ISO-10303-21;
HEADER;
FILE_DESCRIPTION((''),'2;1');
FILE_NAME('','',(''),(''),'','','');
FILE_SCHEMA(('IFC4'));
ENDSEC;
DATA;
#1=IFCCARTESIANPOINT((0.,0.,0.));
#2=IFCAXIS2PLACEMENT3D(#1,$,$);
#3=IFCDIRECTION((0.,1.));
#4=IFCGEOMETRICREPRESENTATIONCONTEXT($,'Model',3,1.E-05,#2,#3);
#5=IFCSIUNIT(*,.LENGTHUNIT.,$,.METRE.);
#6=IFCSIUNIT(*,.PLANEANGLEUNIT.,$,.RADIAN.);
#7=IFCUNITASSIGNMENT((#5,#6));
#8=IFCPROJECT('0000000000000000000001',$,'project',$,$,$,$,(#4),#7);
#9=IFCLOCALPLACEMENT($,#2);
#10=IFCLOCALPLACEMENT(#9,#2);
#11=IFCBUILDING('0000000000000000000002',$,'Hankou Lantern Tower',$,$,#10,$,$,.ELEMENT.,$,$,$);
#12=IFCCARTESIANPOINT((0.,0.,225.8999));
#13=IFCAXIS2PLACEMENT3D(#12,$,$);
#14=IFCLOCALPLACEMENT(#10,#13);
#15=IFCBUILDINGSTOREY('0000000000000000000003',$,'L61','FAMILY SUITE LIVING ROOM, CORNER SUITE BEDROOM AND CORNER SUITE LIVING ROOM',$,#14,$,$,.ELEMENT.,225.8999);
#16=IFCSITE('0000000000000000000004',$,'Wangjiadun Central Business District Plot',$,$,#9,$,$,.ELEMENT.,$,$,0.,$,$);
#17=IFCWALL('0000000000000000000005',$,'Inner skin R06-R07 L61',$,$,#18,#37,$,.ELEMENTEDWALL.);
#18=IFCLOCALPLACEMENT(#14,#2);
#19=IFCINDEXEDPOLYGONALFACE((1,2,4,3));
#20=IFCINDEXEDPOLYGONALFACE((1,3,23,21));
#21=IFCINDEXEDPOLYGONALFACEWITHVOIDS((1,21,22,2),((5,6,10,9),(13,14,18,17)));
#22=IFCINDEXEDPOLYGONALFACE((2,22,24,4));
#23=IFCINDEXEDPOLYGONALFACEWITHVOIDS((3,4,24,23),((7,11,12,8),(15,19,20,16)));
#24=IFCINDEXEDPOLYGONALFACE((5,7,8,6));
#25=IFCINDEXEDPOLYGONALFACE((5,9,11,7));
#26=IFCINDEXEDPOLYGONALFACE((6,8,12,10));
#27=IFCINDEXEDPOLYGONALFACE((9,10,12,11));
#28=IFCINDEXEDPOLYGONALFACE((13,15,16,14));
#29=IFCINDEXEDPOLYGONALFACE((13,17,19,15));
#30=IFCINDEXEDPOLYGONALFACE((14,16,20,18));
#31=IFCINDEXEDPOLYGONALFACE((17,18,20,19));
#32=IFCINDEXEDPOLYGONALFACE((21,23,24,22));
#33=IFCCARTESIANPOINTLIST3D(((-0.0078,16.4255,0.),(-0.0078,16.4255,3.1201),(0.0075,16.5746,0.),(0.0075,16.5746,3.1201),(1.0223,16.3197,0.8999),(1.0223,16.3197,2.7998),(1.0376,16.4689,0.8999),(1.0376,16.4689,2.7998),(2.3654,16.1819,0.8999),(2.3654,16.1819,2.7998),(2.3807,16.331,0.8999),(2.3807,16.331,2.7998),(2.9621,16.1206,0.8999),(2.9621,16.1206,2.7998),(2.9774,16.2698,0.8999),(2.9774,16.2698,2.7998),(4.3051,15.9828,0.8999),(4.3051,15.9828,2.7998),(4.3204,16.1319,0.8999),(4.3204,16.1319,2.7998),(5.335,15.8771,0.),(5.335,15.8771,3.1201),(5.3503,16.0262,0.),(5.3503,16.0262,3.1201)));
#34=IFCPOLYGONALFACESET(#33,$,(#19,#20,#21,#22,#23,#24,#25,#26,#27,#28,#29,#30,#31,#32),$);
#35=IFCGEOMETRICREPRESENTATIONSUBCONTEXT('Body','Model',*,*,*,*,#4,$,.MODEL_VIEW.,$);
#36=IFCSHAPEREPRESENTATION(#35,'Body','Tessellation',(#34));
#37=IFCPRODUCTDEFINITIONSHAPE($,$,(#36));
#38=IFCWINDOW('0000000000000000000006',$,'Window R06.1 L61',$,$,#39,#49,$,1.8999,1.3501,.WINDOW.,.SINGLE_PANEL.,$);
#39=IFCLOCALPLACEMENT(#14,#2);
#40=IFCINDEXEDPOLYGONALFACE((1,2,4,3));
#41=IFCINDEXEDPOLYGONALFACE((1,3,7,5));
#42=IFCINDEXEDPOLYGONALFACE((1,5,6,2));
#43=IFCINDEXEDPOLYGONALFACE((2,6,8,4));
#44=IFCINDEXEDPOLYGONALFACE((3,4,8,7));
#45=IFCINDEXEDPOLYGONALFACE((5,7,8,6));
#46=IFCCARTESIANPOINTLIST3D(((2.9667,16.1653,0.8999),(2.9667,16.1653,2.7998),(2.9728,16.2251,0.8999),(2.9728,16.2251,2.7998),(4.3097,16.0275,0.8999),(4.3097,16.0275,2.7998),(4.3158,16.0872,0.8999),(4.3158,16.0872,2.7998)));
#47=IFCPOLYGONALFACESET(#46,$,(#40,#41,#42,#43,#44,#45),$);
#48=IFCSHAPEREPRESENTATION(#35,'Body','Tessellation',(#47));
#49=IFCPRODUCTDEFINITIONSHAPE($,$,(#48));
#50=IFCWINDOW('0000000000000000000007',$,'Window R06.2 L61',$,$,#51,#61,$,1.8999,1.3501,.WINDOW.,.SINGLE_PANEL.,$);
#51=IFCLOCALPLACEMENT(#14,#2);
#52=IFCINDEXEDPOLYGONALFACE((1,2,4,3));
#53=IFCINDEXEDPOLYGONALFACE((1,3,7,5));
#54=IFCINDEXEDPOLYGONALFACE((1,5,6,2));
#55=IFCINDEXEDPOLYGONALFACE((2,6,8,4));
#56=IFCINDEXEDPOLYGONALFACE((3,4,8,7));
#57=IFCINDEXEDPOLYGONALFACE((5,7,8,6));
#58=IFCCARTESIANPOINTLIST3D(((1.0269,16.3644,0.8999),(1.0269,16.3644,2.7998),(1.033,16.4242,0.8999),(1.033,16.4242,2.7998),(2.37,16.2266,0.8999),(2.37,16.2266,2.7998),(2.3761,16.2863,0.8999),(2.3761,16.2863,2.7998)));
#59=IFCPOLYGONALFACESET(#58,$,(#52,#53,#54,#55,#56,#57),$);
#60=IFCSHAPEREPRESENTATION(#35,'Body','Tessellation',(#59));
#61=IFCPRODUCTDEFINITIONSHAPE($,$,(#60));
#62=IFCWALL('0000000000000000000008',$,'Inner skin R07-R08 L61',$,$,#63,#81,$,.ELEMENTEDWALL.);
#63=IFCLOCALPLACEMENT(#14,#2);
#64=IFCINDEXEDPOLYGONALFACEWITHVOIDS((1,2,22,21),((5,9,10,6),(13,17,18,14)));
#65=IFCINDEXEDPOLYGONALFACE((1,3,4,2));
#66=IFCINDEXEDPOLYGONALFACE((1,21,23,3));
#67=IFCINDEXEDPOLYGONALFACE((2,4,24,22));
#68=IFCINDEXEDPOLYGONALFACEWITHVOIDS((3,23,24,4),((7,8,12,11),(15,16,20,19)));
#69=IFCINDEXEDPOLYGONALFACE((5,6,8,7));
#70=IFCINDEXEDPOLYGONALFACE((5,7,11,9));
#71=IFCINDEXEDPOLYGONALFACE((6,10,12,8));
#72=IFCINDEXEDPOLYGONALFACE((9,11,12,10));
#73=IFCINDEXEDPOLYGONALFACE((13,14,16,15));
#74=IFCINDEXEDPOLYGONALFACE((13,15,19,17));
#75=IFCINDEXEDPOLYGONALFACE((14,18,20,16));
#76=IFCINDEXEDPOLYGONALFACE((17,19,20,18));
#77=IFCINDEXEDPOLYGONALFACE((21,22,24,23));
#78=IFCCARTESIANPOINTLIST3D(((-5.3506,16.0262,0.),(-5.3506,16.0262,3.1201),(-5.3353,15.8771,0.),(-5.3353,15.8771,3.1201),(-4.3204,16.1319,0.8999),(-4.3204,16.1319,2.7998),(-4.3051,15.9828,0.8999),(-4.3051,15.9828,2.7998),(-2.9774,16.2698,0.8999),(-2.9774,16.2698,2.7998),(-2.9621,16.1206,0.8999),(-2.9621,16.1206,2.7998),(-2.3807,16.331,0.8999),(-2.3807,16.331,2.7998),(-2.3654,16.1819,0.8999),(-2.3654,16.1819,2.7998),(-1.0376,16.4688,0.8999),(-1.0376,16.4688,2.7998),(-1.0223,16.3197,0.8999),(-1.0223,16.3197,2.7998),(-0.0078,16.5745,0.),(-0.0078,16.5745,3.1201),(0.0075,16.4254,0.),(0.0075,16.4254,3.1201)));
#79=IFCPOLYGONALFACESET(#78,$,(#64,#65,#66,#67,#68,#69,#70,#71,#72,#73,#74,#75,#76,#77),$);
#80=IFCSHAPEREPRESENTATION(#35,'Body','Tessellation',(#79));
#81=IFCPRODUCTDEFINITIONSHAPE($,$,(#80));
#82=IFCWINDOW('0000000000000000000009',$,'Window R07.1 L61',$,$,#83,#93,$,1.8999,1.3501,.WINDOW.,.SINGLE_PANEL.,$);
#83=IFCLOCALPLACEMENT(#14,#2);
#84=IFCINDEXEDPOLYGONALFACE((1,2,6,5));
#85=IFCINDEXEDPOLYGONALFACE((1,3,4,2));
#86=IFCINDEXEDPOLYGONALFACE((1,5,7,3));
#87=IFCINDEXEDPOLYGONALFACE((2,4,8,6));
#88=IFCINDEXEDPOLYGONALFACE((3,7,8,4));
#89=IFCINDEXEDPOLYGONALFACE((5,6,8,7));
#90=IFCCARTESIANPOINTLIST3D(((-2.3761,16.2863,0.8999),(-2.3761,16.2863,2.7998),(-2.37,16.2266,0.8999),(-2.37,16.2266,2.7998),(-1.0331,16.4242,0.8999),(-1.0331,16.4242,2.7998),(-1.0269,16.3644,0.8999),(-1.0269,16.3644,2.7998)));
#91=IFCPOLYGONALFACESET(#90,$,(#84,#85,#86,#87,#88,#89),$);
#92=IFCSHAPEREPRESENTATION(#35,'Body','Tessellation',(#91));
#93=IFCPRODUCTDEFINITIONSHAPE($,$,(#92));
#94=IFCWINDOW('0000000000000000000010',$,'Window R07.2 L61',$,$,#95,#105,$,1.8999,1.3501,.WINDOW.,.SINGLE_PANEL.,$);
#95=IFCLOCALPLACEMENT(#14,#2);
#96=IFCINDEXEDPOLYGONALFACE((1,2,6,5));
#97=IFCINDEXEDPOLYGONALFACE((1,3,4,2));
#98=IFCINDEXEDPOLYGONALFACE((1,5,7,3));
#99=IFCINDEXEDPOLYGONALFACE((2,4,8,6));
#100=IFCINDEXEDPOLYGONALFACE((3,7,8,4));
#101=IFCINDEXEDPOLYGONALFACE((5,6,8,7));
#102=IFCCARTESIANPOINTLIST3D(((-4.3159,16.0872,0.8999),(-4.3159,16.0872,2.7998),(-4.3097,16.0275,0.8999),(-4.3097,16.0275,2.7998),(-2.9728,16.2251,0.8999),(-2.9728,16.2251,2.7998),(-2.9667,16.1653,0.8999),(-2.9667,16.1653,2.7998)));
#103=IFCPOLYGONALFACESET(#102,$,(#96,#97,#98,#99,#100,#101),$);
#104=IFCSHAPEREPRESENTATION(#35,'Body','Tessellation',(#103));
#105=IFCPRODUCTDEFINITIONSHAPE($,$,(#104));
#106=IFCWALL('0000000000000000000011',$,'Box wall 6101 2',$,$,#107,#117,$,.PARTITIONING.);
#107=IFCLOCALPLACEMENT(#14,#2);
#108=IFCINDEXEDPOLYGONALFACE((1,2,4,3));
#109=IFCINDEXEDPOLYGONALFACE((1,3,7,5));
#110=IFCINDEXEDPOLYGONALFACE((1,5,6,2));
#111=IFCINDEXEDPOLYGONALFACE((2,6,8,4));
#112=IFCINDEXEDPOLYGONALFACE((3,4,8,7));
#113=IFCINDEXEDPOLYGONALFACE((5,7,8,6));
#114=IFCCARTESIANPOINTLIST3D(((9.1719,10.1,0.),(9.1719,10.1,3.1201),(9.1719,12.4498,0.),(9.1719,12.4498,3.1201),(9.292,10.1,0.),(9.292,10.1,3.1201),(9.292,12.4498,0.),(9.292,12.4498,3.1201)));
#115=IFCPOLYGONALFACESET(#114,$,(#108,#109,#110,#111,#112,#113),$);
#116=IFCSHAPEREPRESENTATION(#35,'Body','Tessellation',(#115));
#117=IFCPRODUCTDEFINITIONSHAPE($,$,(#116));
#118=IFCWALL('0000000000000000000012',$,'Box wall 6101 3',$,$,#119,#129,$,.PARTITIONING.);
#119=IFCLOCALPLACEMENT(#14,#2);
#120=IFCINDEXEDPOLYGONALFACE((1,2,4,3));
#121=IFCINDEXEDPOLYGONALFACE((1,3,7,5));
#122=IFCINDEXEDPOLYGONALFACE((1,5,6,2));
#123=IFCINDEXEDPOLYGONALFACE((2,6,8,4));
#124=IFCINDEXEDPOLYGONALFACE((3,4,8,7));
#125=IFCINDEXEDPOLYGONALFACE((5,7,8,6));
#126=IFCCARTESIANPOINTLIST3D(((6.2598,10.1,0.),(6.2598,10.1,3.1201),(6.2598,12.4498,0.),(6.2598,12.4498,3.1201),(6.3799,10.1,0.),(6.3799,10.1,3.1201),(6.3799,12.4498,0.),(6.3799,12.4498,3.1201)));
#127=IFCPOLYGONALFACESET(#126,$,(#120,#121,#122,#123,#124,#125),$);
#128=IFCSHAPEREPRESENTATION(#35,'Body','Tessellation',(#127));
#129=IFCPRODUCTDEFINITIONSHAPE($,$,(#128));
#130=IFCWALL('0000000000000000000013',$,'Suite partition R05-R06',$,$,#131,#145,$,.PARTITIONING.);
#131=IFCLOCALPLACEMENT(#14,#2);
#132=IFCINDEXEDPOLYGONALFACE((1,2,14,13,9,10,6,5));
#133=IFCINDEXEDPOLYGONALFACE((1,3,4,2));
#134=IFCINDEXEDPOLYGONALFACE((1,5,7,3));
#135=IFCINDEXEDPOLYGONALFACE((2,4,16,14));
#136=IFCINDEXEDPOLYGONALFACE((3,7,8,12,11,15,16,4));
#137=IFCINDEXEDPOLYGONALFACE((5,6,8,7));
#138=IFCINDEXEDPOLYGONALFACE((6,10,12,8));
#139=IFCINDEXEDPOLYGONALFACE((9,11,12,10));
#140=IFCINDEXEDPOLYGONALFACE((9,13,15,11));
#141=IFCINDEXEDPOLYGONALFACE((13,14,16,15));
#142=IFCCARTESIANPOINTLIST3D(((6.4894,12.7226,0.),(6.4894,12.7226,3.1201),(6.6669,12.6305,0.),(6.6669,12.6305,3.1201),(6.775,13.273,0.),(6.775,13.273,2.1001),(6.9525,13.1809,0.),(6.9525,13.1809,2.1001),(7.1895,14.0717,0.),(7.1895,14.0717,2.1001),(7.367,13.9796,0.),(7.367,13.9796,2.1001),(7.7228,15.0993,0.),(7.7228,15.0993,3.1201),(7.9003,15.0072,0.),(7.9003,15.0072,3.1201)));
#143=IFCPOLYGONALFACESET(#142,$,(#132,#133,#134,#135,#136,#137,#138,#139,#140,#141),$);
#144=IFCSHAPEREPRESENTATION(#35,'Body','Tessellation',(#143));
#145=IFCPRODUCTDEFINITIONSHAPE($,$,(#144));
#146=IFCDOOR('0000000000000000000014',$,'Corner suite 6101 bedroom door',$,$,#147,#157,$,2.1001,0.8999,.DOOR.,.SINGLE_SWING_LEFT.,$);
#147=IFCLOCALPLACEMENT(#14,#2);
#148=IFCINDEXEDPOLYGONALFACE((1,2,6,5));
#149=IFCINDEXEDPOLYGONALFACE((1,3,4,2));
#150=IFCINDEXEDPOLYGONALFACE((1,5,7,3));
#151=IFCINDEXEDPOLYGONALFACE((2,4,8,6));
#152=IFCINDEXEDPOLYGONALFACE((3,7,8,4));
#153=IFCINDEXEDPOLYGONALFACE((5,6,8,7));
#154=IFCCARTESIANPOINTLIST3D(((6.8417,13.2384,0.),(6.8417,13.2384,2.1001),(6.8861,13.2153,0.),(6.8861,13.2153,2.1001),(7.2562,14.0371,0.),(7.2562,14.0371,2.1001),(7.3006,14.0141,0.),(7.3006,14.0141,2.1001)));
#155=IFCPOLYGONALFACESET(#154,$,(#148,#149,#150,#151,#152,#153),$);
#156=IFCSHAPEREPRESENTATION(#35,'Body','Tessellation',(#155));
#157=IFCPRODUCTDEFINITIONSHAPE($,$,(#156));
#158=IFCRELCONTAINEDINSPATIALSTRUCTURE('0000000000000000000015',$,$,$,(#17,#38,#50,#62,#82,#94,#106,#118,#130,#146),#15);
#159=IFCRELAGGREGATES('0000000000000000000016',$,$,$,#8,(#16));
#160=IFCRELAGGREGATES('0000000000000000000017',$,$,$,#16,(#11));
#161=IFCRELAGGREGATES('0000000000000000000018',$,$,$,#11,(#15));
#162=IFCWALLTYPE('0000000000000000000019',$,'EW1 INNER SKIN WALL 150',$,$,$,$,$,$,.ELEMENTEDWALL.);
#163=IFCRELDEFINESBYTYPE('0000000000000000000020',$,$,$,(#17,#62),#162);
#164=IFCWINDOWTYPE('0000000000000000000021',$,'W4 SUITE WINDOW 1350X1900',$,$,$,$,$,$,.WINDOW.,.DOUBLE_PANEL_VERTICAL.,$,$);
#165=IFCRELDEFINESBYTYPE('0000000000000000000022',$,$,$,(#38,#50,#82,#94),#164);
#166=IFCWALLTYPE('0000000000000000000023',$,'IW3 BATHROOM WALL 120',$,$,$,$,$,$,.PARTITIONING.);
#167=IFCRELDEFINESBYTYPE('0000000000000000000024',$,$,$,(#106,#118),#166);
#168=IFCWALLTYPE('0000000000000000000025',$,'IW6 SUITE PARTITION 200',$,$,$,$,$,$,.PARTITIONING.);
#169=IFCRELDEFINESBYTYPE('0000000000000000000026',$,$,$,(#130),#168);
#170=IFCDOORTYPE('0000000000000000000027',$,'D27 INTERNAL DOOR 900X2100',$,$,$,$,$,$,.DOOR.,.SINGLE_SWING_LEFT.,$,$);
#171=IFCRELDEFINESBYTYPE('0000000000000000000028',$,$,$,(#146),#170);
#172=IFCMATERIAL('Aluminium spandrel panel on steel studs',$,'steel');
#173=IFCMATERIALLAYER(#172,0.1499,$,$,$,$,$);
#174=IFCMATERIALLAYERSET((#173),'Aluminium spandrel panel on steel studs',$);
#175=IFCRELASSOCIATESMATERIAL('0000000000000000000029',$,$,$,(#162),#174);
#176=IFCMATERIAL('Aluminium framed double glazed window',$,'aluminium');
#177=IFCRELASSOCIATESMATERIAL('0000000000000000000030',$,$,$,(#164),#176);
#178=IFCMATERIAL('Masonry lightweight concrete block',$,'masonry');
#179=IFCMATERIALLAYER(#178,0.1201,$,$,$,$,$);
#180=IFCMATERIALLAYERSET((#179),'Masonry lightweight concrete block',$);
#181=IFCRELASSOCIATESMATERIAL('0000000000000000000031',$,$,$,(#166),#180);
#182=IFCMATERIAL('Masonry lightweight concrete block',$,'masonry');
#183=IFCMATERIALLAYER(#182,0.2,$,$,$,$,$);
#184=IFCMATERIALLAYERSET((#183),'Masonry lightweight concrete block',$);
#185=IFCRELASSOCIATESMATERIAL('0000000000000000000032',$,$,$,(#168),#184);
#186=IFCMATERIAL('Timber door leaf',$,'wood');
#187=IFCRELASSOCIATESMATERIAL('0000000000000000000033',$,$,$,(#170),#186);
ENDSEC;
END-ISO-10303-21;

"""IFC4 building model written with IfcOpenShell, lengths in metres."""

from ifc_helpers import new_model, si_unit, direction, frame, frame_2d, origin, place, context, subcontext, project, spatial, rectangle, extrude, material, layer, layer_set, type_object, element, fill, save


model = new_model("IFC4")

# Units and contexts
model_context = context("Model", 3, precision=1e-05, world=origin(), true_north=direction((0.0, 1.0)))
body_context = subcontext(model_context, "Body", "Model", "MODEL_VIEW")
ifc_project = project(units=[si_unit("LENGTHUNIT", "METRE"), si_unit("PLANEANGLEUNIT", "RADIAN")], contexts=[model_context])

# Site, building, storey
site_placement = place(None, origin())
site = spatial("IfcSite", under=ifc_project, at=site_placement, Name="Wangjiadun Central Business District Plot", CompositionType="ELEMENT", RefElevation=0.0)
building_placement = place(site_placement, origin())
building = spatial("IfcBuilding", under=site, at=building_placement, Name="Hankou Lantern Tower", CompositionType="ELEMENT")
storey_placement = place(building_placement, frame((0.0, 0.0, 225.8999)))
storey = spatial("IfcBuildingStorey", under=building, at=storey_placement, Name="L61", Description="FAMILY SUITE LIVING ROOM, CORNER SUITE BEDROOM AND CORNER SUITE LIVING ROOM", CompositionType="ELEMENT", Elevation=225.8999)

# Walls, openings, windows
ifc_material_1 = material(Name="Aluminium spandrel panel on steel studs", Category="steel")
ifc_layer_1 = layer(ifc_material_1, 0.1499)
ifc_layer_set_1 = layer_set([ifc_layer_1], Name="Aluminium spandrel panel on steel studs")
wall_type_1 = type_object("IfcWallType", Name="EW1 INNER SKIN WALL 150", PredefinedType="ELEMENTEDWALL", material=ifc_layer_set_1)
wall_1_placement = place(storey_placement, frame((5.3428, 15.9517, 0.0), z_axis=(0.0, 0.0, 1.0), x_axis=(-0.994775, 0.102096, 0.0)))
wall_1 = element("IfcWall", 1, at=wall_1_placement, inside=storey, type_object=wall_type_1, Name="Inner skin R06-R07 L61", PredefinedType="ELEMENTEDWALL", context=body_context, shape_type="SweptSolid", body=[
    extrude(rectangle(XDim=5.3708, YDim=0.1499, at=frame_2d((2.6855, 0.0))), origin(), (0.0, 0.0, 1.0), 3.1201),
])
opening_1_placement = place(wall_1_placement, frame((1.0354, 0.0, 0.8999)))
opening_1 = element("IfcOpeningElement", 2, at=opening_1_placement, cuts=wall_1, PredefinedType="OPENING", context=body_context, shape_type="SweptSolid", body=[
    extrude(rectangle(XDim=1.3501, YDim=1.8999, at=frame_2d((0.675, 0.95))), frame((0.0, 0.085, 0.0), z_axis=(0.0, -1.0, 0.0), x_axis=(1.0, 0.0, 0.0)), (0.0, 0.0, 1.0), 0.1699),
])
opening_2_placement = place(wall_1_placement, frame((2.9854, 0.0, 0.8999)))
opening_2 = element("IfcOpeningElement", 3, at=opening_2_placement, cuts=wall_1, PredefinedType="OPENING", context=body_context, shape_type="SweptSolid", body=[
    extrude(rectangle(XDim=1.3501, YDim=1.8999, at=frame_2d((0.675, 0.95))), frame((0.0, 0.085, 0.0), z_axis=(0.0, -1.0, 0.0), x_axis=(1.0, 0.0, 0.0)), (0.0, 0.0, 1.0), 0.1699),
])
ifc_material_2 = material(Name="Aluminium framed double glazed window", Category="aluminium")
window_type = type_object("IfcWindowType", Name="W4 SUITE WINDOW 1350X1900", PartitioningType="DOUBLE_PANEL_VERTICAL", PredefinedType="WINDOW", material=ifc_material_2)
window_1_placement = place(opening_1_placement, origin())
window_1 = element("IfcWindow", 4, at=window_1_placement, inside=storey, type_object=window_type, Name="Window R06.1 L61", OverallHeight=1.8999, OverallWidth=1.3501, PartitioningType="SINGLE_PANEL", PredefinedType="WINDOW", context=body_context, shape_type="SweptSolid", body=[
    extrude(rectangle(XDim=1.3501, YDim=1.8999, at=frame_2d((0.675, 0.95))), frame((0.0, 0.03, 0.0), z_axis=(0.0, -1.0, 0.0), x_axis=(1.0, 0.0, 0.0)), (0.0, 0.0, 1.0), 0.0601),
])
fill(opening_1, window_1)
window_2_placement = place(opening_2_placement, origin())
window_2 = element("IfcWindow", 5, at=window_2_placement, inside=storey, type_object=window_type, Name="Window R06.2 L61", OverallHeight=1.8999, OverallWidth=1.3501, PartitioningType="SINGLE_PANEL", PredefinedType="WINDOW", context=body_context, shape_type="SweptSolid", body=[
    extrude(rectangle(XDim=1.3501, YDim=1.8999, at=frame_2d((0.675, 0.95))), frame((0.0, 0.03, 0.0), z_axis=(0.0, -1.0, 0.0), x_axis=(1.0, 0.0, 0.0)), (0.0, 0.0, 1.0), 0.0601),
])
fill(opening_2, window_2)
wall_2_placement = place(storey_placement, frame((0.0, 16.5, 0.0), z_axis=(0.0, 0.0, 1.0), x_axis=(-0.994775, -0.102096, 0.0)))
wall_2 = element("IfcWall", 6, at=wall_2_placement, inside=storey, type_object=wall_type_1, Name="Inner skin R07-R08 L61", PredefinedType="ELEMENTEDWALL", context=body_context, shape_type="SweptSolid", body=[
    extrude(rectangle(XDim=5.3708, YDim=0.1499, at=frame_2d((2.6855, 0.0))), origin(), (0.0, 0.0, 1.0), 3.1201),
])
opening_3_placement = place(wall_2_placement, frame((1.0354, 0.0, 0.8999)))
opening_3 = element("IfcOpeningElement", 7, at=opening_3_placement, cuts=wall_2, PredefinedType="OPENING", context=body_context, shape_type="SweptSolid", body=[
    extrude(rectangle(XDim=1.3501, YDim=1.8999, at=frame_2d((0.675, 0.95))), frame((0.0, 0.085, 0.0), z_axis=(0.0, -1.0, 0.0), x_axis=(1.0, 0.0, 0.0)), (0.0, 0.0, 1.0), 0.1699),
])
opening_4_placement = place(wall_2_placement, frame((2.9854, 0.0, 0.8999)))
opening_4 = element("IfcOpeningElement", 8, at=opening_4_placement, cuts=wall_2, PredefinedType="OPENING", context=body_context, shape_type="SweptSolid", body=[
    extrude(rectangle(XDim=1.3501, YDim=1.8999, at=frame_2d((0.675, 0.95))), frame((0.0, 0.085, 0.0), z_axis=(0.0, -1.0, 0.0), x_axis=(1.0, 0.0, 0.0)), (0.0, 0.0, 1.0), 0.1699),
])
window_3_placement = place(opening_3_placement, origin())
window_3 = element("IfcWindow", 9, at=window_3_placement, inside=storey, type_object=window_type, Name="Window R07.1 L61", OverallHeight=1.8999, OverallWidth=1.3501, PartitioningType="SINGLE_PANEL", PredefinedType="WINDOW", context=body_context, shape_type="SweptSolid", body=[
    extrude(rectangle(XDim=1.3501, YDim=1.8999, at=frame_2d((0.675, 0.95))), frame((0.0, 0.03, 0.0), z_axis=(0.0, -1.0, 0.0), x_axis=(1.0, 0.0, 0.0)), (0.0, 0.0, 1.0), 0.0601),
])
fill(opening_3, window_3)
window_4_placement = place(opening_4_placement, origin())
window_4 = element("IfcWindow", 10, at=window_4_placement, inside=storey, type_object=window_type, Name="Window R07.2 L61", OverallHeight=1.8999, OverallWidth=1.3501, PartitioningType="SINGLE_PANEL", PredefinedType="WINDOW", context=body_context, shape_type="SweptSolid", body=[
    extrude(rectangle(XDim=1.3501, YDim=1.8999, at=frame_2d((0.675, 0.95))), frame((0.0, 0.03, 0.0), z_axis=(0.0, -1.0, 0.0), x_axis=(1.0, 0.0, 0.0)), (0.0, 0.0, 1.0), 0.0601),
])
fill(opening_4, window_4)

# Walls
ifc_material_3 = material(Name="Masonry lightweight concrete block", Category="masonry")
ifc_layer_2 = layer(ifc_material_3, 0.1201)
ifc_layer_set_2 = layer_set([ifc_layer_2], Name="Masonry lightweight concrete block")
wall_type_2 = type_object("IfcWallType", Name="IW3 BATHROOM WALL 120", PredefinedType="PARTITIONING", material=ifc_layer_set_2)
for number, where, z_axis, x_axis, name in (
    (11, (9.2319, 10.1001, 0.0), (0.0, 0.0, 1.0), (0.0, 1.0, 0.0), "Box wall 6101 2"),
    (12, (6.3198, 10.1001, 0.0), (0.0, 0.0, 1.0), (0.0, 1.0, 0.0), "Box wall 6101 3"),
):
    element("IfcWall", number, at=place(storey_placement, frame(where, z_axis=z_axis, x_axis=x_axis)), inside=storey, type_object=wall_type_2, Name=name, PredefinedType="PARTITIONING", context=body_context, shape_type="SweptSolid", body=[
        extrude(rectangle(XDim=2.3499, YDim=0.1201, at=frame_2d((1.1748, 0.0))), origin(), (0.0, 0.0, 1.0), 3.1201),
    ])

# Wall, opening, door
ifc_material_4 = material(Name="Masonry lightweight concrete block", Category="masonry")
ifc_layer_3 = layer(ifc_material_4, 0.2)
ifc_layer_set_3 = layer_set([ifc_layer_3], Name="Masonry lightweight concrete block")
wall_type_3 = type_object("IfcWallType", Name="IW6 SUITE PARTITION 200", PredefinedType="PARTITIONING", material=ifc_layer_set_3)
wall_3_placement = place(storey_placement, frame((6.5781, 12.6765, 0.0), z_axis=(0.0, 0.0, 1.0), x_axis=(0.460621, 0.887597, 0.0)))
wall_3 = element("IfcWall", 13, at=wall_3_placement, inside=storey, type_object=wall_type_3, Name="Suite partition R05-R06", PredefinedType="PARTITIONING", context=body_context, shape_type="SweptSolid", body=[
    extrude(rectangle(XDim=2.6777, YDim=0.2, at=frame_2d((1.3389, 0.0))), origin(), (0.0, 0.0, 1.0), 3.1201),
])
opening_5_placement = place(wall_3_placement, frame((0.6201, 0.0, 0.0)))
opening_5 = element("IfcOpeningElement", 14, at=opening_5_placement, cuts=wall_3, PredefinedType="OPENING", context=body_context, shape_type="SweptSolid", body=[
    extrude(rectangle(XDim=0.8999, YDim=2.1001, at=frame_2d((0.45, 1.05))), frame((0.0, 0.1099, 0.0), z_axis=(0.0, -1.0, 0.0), x_axis=(1.0, 0.0, 0.0)), (0.0, 0.0, 1.0), 0.22),
])
ifc_material_5 = material(Name="Timber door leaf", Category="wood")
door_type = type_object("IfcDoorType", Name="D27 INTERNAL DOOR 900X2100", OperationType="SINGLE_SWING_LEFT", PredefinedType="DOOR", material=ifc_material_5)
door_placement = place(opening_5_placement, origin())
door = element("IfcDoor", 15, at=door_placement, inside=storey, type_object=door_type, Name="Corner suite 6101 bedroom door", OperationType="SINGLE_SWING_LEFT", OverallHeight=2.1001, OverallWidth=0.8999, PredefinedType="DOOR", context=body_context, shape_type="SweptSolid", body=[
    extrude(rectangle(XDim=0.8999, YDim=2.1001, at=frame_2d((0.45, 1.05))), frame((0.0, 0.0249, 0.0), z_axis=(0.0, -1.0, 0.0), x_axis=(1.0, 0.0, 0.0)), (0.0, 0.0, 1.0), 0.05),
])
fill(opening_5, door)

save(model, "model.ifc")
